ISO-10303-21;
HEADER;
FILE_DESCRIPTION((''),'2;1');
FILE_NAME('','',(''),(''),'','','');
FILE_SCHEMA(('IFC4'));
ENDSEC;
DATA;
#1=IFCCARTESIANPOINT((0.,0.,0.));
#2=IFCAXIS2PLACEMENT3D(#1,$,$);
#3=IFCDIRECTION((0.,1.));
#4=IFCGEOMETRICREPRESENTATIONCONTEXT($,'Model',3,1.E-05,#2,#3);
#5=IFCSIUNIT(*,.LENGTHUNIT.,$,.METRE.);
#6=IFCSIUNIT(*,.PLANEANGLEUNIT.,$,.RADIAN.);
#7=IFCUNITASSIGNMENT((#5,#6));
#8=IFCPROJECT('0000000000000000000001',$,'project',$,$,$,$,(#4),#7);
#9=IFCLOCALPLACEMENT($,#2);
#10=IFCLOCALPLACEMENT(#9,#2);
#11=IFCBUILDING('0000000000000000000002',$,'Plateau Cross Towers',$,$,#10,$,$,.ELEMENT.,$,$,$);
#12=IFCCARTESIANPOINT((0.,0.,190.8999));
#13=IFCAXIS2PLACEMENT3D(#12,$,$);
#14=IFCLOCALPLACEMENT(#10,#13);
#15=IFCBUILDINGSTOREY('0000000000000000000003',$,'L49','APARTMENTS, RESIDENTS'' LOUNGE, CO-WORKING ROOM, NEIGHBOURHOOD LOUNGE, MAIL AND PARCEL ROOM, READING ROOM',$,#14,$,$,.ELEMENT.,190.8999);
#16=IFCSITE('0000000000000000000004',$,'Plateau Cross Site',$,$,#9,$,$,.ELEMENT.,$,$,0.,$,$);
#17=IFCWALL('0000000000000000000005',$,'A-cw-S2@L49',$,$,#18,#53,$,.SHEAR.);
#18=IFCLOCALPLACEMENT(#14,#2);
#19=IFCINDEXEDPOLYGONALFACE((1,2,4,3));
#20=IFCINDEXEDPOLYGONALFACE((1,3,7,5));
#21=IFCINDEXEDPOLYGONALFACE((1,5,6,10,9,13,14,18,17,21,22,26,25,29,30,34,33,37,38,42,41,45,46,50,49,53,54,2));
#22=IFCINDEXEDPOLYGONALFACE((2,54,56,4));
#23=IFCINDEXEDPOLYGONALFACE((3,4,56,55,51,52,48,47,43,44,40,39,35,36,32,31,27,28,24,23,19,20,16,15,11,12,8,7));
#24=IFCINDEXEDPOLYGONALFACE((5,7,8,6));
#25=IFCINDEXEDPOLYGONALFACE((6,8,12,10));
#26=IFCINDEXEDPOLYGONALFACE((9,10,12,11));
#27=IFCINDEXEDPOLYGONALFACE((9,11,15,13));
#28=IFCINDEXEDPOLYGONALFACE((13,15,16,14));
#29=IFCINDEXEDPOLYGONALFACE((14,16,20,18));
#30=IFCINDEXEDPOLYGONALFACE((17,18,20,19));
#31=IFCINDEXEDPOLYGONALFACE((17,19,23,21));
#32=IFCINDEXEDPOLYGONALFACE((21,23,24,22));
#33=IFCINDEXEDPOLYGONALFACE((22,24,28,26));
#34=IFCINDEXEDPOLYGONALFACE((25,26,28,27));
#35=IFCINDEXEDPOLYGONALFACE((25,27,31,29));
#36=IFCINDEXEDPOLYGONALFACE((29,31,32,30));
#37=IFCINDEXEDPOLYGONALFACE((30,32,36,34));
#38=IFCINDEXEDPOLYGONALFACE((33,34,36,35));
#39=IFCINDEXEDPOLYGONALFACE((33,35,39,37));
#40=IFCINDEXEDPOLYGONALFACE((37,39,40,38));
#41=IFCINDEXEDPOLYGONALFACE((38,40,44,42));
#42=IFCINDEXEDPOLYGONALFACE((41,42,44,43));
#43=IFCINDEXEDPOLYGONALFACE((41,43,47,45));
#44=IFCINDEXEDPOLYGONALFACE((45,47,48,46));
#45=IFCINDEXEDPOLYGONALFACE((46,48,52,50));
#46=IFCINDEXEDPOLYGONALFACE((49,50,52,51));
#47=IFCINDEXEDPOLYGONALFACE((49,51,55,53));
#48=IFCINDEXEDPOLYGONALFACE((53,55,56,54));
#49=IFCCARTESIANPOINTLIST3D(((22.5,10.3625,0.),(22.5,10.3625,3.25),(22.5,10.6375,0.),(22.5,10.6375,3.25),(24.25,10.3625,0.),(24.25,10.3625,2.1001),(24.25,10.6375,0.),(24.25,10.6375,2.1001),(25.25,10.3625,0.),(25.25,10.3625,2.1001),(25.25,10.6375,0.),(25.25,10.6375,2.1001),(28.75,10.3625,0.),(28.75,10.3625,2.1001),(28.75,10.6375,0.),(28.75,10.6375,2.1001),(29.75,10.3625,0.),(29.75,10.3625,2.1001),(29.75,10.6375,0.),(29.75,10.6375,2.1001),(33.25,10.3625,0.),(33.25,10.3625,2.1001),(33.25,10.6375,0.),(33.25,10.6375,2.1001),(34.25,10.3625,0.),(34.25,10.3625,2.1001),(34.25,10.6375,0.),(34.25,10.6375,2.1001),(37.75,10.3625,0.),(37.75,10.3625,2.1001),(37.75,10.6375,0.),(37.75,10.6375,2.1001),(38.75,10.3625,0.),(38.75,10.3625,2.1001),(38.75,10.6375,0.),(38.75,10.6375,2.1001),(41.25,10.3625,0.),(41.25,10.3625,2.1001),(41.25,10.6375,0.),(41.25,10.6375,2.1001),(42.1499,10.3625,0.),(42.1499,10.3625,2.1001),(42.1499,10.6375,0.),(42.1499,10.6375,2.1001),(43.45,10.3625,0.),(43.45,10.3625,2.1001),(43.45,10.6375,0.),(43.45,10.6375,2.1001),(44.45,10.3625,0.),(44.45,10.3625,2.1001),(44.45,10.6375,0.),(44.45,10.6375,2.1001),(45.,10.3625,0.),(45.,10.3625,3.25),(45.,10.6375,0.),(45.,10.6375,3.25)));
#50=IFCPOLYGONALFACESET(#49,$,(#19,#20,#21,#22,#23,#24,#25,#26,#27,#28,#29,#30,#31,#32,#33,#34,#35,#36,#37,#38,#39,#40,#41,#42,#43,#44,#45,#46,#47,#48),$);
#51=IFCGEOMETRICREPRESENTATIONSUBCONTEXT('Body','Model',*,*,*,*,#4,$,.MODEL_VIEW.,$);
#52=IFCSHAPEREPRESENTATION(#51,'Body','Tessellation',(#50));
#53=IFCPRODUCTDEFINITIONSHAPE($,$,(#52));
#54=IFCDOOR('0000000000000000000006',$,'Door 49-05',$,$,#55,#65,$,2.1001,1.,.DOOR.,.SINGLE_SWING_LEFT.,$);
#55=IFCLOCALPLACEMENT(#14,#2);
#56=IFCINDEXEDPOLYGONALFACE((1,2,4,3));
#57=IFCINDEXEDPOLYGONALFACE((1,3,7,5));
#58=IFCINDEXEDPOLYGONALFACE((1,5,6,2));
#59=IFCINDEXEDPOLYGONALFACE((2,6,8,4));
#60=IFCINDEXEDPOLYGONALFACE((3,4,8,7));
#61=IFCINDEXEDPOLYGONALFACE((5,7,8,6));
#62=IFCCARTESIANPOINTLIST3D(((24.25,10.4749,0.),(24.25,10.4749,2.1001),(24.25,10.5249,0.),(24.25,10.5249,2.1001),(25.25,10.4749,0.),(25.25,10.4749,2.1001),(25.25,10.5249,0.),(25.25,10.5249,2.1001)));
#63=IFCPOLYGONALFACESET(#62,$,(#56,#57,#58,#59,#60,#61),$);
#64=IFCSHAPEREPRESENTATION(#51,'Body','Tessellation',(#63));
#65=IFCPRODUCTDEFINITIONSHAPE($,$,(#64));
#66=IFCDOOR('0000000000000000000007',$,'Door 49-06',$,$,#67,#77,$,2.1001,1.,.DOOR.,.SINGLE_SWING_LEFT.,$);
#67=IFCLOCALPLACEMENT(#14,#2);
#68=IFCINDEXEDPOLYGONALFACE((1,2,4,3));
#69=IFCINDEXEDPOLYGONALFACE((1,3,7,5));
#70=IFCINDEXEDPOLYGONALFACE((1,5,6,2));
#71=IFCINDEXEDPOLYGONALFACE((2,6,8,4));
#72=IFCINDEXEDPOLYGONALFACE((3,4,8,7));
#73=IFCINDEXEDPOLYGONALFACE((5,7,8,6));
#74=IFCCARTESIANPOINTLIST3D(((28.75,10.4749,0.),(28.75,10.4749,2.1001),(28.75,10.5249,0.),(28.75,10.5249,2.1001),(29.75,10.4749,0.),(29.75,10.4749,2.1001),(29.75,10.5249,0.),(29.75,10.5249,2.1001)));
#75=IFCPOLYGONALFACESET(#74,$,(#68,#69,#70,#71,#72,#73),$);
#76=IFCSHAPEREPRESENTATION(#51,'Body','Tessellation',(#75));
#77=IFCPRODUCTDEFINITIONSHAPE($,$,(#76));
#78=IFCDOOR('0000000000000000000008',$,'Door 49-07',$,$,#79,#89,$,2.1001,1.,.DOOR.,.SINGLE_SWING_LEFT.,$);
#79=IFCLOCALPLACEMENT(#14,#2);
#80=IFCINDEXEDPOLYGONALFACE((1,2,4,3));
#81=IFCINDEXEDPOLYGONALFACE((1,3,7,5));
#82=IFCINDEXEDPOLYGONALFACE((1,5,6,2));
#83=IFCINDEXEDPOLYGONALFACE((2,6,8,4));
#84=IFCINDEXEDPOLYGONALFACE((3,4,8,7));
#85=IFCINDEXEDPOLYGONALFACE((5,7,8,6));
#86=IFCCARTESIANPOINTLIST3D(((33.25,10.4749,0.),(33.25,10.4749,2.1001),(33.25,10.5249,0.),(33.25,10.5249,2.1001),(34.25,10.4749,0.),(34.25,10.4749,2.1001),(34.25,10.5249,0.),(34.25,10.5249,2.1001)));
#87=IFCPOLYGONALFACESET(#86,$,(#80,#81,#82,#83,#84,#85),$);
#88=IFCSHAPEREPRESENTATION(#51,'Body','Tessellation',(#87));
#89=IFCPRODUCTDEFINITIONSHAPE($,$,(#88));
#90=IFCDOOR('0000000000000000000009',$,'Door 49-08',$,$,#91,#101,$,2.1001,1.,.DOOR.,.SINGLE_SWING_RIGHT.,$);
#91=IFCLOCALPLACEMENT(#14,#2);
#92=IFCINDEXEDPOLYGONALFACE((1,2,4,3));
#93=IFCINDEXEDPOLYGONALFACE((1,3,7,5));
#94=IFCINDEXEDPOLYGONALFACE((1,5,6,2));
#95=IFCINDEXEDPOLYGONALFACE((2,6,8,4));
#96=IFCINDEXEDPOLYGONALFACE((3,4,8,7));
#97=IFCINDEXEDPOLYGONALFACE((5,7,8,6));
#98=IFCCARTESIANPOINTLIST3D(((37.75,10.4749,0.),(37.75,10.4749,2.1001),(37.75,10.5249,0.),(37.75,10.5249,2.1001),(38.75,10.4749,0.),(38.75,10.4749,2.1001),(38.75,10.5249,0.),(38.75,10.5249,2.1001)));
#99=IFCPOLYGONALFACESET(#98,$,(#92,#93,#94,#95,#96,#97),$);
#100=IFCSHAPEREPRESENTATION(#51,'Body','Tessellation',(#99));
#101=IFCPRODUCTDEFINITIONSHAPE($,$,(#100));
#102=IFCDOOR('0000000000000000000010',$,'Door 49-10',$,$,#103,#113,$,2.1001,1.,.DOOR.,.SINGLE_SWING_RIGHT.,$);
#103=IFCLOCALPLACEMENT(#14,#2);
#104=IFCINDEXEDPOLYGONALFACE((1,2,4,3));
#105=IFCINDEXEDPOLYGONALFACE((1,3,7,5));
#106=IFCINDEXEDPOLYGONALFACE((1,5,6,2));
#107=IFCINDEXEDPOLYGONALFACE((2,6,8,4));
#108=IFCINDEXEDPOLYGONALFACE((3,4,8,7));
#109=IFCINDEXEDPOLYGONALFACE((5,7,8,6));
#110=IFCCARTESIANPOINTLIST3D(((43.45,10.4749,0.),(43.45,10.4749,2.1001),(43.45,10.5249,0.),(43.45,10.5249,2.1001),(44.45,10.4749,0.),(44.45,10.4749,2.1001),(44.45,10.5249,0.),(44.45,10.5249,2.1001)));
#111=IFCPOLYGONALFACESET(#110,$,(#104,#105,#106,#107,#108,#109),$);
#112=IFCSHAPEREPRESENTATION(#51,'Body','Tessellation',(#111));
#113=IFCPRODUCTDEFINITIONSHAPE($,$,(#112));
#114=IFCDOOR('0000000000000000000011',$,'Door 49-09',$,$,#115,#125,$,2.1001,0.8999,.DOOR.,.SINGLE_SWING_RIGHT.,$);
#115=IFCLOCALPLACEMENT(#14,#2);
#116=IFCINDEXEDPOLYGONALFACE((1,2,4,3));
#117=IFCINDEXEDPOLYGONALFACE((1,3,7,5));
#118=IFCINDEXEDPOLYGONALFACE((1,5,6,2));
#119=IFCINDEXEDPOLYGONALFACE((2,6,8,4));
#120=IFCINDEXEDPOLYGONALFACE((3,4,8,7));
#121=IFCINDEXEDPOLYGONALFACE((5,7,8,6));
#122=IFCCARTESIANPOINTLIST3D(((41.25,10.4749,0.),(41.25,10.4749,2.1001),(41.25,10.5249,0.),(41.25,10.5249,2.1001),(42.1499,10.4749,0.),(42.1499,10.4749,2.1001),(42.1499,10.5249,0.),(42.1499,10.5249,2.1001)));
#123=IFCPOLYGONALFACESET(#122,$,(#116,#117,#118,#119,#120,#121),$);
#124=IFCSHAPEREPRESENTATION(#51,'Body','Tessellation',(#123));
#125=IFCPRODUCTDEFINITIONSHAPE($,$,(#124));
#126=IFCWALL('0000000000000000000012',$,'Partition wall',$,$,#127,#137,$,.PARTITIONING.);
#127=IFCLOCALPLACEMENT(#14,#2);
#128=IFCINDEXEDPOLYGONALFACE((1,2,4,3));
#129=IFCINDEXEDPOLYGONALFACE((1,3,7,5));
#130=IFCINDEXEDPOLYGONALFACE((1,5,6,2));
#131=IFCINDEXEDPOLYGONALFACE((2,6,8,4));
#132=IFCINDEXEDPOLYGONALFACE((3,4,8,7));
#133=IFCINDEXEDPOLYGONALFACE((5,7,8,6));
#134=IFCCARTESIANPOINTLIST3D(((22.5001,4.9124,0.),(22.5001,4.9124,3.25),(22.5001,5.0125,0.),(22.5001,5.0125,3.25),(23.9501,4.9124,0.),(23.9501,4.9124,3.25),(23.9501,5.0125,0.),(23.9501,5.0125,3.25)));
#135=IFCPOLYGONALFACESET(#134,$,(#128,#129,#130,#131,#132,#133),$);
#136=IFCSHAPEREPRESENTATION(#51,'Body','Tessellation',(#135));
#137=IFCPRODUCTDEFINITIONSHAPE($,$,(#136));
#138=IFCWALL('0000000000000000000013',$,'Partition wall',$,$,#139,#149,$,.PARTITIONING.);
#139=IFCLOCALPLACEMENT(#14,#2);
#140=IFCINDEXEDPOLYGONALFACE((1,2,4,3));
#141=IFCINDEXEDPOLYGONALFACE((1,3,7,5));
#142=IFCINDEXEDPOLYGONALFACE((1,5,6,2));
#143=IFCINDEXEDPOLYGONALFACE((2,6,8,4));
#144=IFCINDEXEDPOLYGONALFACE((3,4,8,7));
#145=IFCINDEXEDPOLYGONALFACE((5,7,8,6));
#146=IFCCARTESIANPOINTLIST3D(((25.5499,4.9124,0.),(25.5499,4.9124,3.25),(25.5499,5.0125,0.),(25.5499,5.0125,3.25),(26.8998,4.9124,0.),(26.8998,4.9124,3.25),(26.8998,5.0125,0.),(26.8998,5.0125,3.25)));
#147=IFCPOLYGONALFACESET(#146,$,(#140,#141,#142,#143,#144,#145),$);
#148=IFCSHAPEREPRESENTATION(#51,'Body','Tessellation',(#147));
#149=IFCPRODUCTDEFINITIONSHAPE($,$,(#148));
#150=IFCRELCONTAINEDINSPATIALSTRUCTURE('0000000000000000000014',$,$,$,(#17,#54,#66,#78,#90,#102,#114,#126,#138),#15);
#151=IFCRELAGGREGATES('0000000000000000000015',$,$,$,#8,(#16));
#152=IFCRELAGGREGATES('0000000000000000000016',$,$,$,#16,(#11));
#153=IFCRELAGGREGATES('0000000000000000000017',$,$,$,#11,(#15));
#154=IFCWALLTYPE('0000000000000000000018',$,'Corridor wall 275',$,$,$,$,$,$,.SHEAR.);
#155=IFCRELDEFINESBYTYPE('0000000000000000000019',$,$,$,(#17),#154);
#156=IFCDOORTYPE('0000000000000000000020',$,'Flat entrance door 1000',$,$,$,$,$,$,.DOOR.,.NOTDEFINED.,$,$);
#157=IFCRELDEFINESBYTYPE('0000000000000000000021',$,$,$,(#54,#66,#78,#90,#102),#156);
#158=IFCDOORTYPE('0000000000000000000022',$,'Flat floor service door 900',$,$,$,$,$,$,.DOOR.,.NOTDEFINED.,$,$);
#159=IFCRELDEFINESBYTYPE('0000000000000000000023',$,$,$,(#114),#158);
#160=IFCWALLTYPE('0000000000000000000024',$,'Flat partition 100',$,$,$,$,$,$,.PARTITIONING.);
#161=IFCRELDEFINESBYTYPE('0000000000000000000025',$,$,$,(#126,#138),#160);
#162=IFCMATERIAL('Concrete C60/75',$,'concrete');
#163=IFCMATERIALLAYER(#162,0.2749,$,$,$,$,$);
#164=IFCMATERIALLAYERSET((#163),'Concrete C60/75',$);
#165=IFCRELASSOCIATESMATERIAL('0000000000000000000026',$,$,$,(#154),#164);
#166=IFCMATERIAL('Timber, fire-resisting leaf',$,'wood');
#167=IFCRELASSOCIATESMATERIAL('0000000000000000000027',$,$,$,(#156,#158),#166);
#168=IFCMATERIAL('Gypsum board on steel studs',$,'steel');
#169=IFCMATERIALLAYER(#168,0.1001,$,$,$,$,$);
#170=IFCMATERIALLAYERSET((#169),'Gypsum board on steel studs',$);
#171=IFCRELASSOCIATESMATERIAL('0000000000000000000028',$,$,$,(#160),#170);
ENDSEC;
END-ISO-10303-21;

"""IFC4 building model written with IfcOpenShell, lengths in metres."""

from ifc_helpers import new_model, si_unit, direction, frame, frame_2d, origin, place, context, subcontext, project, spatial, rectangle, extrude, material, layer, layer_set, type_object, element, fill, save


model = new_model("IFC4")

# Units and contexts
model_context = context("Model", 3, precision=1e-05, world=origin(), true_north=direction((0.0, 1.0)))
body_context = subcontext(model_context, "Body", "Model", "MODEL_VIEW")
ifc_project = project(units=[si_unit("LENGTHUNIT", "METRE"), si_unit("PLANEANGLEUNIT", "RADIAN")], contexts=[model_context])

# Site, building, storey
site_placement = place(None, origin())
site = spatial("IfcSite", under=ifc_project, at=site_placement, Name="Plateau Cross Site", CompositionType="ELEMENT", RefElevation=0.0)
building_placement = place(site_placement, origin())
building = spatial("IfcBuilding", under=site, at=building_placement, Name="Plateau Cross Towers", CompositionType="ELEMENT")
storey_placement = place(building_placement, frame((0.0, 0.0, 190.8999)))
storey = spatial("IfcBuildingStorey", under=building, at=storey_placement, Name="L49", Description="APARTMENTS, RESIDENTS' LOUNGE, CO-WORKING ROOM, NEIGHBOURHOOD LOUNGE, MAIL AND PARCEL ROOM, READING ROOM", CompositionType="ELEMENT", Elevation=190.8999)

# Shared definitions
ifc_material_1 = material(Name="Concrete C60/75", Category="concrete")

# Wall, openings, doors
ifc_layer_1 = layer(ifc_material_1, 0.2749)
ifc_layer_set_1 = layer_set([ifc_layer_1], Name="Concrete C60/75")
wall_type_1 = type_object("IfcWallType", Name="Corridor wall 275", PredefinedType="SHEAR", material=ifc_layer_set_1)
ifc_material_2 = material(Name="Timber, fire-resisting leaf", Category="wood")
door_type_1 = type_object("IfcDoorType", Name="Flat entrance door 1000", OperationType="NOTDEFINED", PredefinedType="DOOR", material=ifc_material_2)
wall_1_placement = place(storey_placement, frame((22.5, 10.5, 0.0), z_axis=(0.0, 0.0, 1.0), x_axis=(1.0, 0.0, 0.0)))
wall_1 = element("IfcWall", 1, at=wall_1_placement, inside=storey, type_object=wall_type_1, Name="A-cw-S2@L49", PredefinedType="SHEAR", context=body_context, shape_type="SweptSolid", body=[
    extrude(rectangle(XDim=22.5, YDim=0.2749, at=frame_2d((11.25, 0.0))), origin(), (0.0, 0.0, 1.0), 3.25),
])
opening_1_placement = place(wall_1_placement, frame((1.75, 0.0, 0.0)))
opening_1 = element("IfcOpeningElement", 2, at=opening_1_placement, cuts=wall_1, PredefinedType="OPENING", context=body_context, shape_type="SweptSolid", body=[
    extrude(rectangle(XDim=1.0, YDim=2.1001, at=frame_2d((0.5, 1.05))), frame((0.0, 0.1475, 0.0), z_axis=(0.0, -1.0, 0.0), x_axis=(1.0, 0.0, 0.0)), (0.0, 0.0, 1.0), 0.2949),
])
opening_2_placement = place(wall_1_placement, frame((6.25, 0.0, 0.0)))
opening_2 = element("IfcOpeningElement", 3, at=opening_2_placement, cuts=wall_1, PredefinedType="OPENING", context=body_context, shape_type="SweptSolid", body=[
    extrude(rectangle(XDim=1.0, YDim=2.1001, at=frame_2d((0.5, 1.05))), frame((0.0, 0.1475, 0.0), z_axis=(0.0, -1.0, 0.0), x_axis=(1.0, 0.0, 0.0)), (0.0, 0.0, 1.0), 0.2949),
])
opening_3_placement = place(wall_1_placement, frame((10.75, 0.0, 0.0)))
opening_3 = element("IfcOpeningElement", 4, at=opening_3_placement, cuts=wall_1, PredefinedType="OPENING", context=body_context, shape_type="SweptSolid", body=[
    extrude(rectangle(XDim=1.0, YDim=2.1001, at=frame_2d((0.5, 1.05))), frame((0.0, 0.1475, 0.0), z_axis=(0.0, -1.0, 0.0), x_axis=(1.0, 0.0, 0.0)), (0.0, 0.0, 1.0), 0.2949),
])
opening_4_placement = place(wall_1_placement, frame((15.25, 0.0, 0.0)))
opening_4 = element("IfcOpeningElement", 5, at=opening_4_placement, cuts=wall_1, PredefinedType="OPENING", context=body_context, shape_type="SweptSolid", body=[
    extrude(rectangle(XDim=1.0, YDim=2.1001, at=frame_2d((0.5, 1.05))), frame((0.0, 0.1475, 0.0), z_axis=(0.0, -1.0, 0.0), x_axis=(1.0, 0.0, 0.0)), (0.0, 0.0, 1.0), 0.2949),
])
opening_5_placement = place(wall_1_placement, frame((18.75, 0.0, 0.0)))
opening_5 = element("IfcOpeningElement", 6, at=opening_5_placement, cuts=wall_1, PredefinedType="OPENING", context=body_context, shape_type="SweptSolid", body=[
    extrude(rectangle(XDim=0.8999, YDim=2.1001, at=frame_2d((0.45, 1.05))), frame((0.0, 0.1475, 0.0), z_axis=(0.0, -1.0, 0.0), x_axis=(1.0, 0.0, 0.0)), (0.0, 0.0, 1.0), 0.2949),
])
opening_6_placement = place(wall_1_placement, frame((20.95, 0.0, 0.0)))
opening_6 = element("IfcOpeningElement", 7, at=opening_6_placement, cuts=wall_1, PredefinedType="OPENING", context=body_context, shape_type="SweptSolid", body=[
    extrude(rectangle(XDim=1.0, YDim=2.1001, at=frame_2d((0.5, 1.05))), frame((0.0, 0.1475, 0.0), z_axis=(0.0, -1.0, 0.0), x_axis=(1.0, 0.0, 0.0)), (0.0, 0.0, 1.0), 0.2949),
])
door_1_placement = place(opening_1_placement, origin())
door_1 = element("IfcDoor", 8, at=door_1_placement, inside=storey, type_object=door_type_1, Name="Door 49-05", OperationType="SINGLE_SWING_LEFT", OverallHeight=2.1001, OverallWidth=1.0, PredefinedType="DOOR", context=body_context, shape_type="SweptSolid", body=[
    extrude(rectangle(XDim=1.0, YDim=2.1001, at=frame_2d((0.5, 1.05))), frame((0.0, 0.0249, 0.0), z_axis=(0.0, -1.0, 0.0), x_axis=(1.0, 0.0, 0.0)), (0.0, 0.0, 1.0), 0.05),
])
fill(opening_1, door_1)
door_2_placement = place(opening_2_placement, origin())
door_2 = element("IfcDoor", 9, at=door_2_placement, inside=storey, type_object=door_type_1, Name="Door 49-06", OperationType="SINGLE_SWING_LEFT", OverallHeight=2.1001, OverallWidth=1.0, PredefinedType="DOOR", context=body_context, shape_type="SweptSolid", body=[
    extrude(rectangle(XDim=1.0, YDim=2.1001, at=frame_2d((0.5, 1.05))), frame((0.0, 0.0249, 0.0), z_axis=(0.0, -1.0, 0.0), x_axis=(1.0, 0.0, 0.0)), (0.0, 0.0, 1.0), 0.05),
])
fill(opening_2, door_2)
door_3_placement = place(opening_3_placement, origin())
door_3 = element("IfcDoor", 10, at=door_3_placement, inside=storey, type_object=door_type_1, Name="Door 49-07", OperationType="SINGLE_SWING_LEFT", OverallHeight=2.1001, OverallWidth=1.0, PredefinedType="DOOR", context=body_context, shape_type="SweptSolid", body=[
    extrude(rectangle(XDim=1.0, YDim=2.1001, at=frame_2d((0.5, 1.05))), frame((0.0, 0.0249, 0.0), z_axis=(0.0, -1.0, 0.0), x_axis=(1.0, 0.0, 0.0)), (0.0, 0.0, 1.0), 0.05),
])
fill(opening_3, door_3)
door_4_placement = place(opening_4_placement, origin())
door_4 = element("IfcDoor", 11, at=door_4_placement, inside=storey, type_object=door_type_1, Name="Door 49-08", OperationType="SINGLE_SWING_RIGHT", OverallHeight=2.1001, OverallWidth=1.0, PredefinedType="DOOR", context=body_context, shape_type="SweptSolid", body=[
    extrude(rectangle(XDim=1.0, YDim=2.1001, at=frame_2d((0.5, 1.05))), frame((0.0, 0.0249, 0.0), z_axis=(0.0, -1.0, 0.0), x_axis=(1.0, 0.0, 0.0)), (0.0, 0.0, 1.0), 0.05),
])
fill(opening_4, door_4)
door_5_placement = place(opening_6_placement, origin())
door_5 = element("IfcDoor", 12, at=door_5_placement, inside=storey, type_object=door_type_1, Name="Door 49-10", OperationType="SINGLE_SWING_RIGHT", OverallHeight=2.1001, OverallWidth=1.0, PredefinedType="DOOR", context=body_context, shape_type="SweptSolid", body=[
    extrude(rectangle(XDim=1.0, YDim=2.1001, at=frame_2d((0.5, 1.05))), frame((0.0, 0.0249, 0.0), z_axis=(0.0, -1.0, 0.0), x_axis=(1.0, 0.0, 0.0)), (0.0, 0.0, 1.0), 0.05),
])
fill(opening_6, door_5)
door_type_2 = type_object("IfcDoorType", Name="Flat floor service door 900", OperationType="NOTDEFINED", PredefinedType="DOOR", material=ifc_material_2)
door_6_placement = place(opening_5_placement, origin())
door_6 = element("IfcDoor", 13, at=door_6_placement, inside=storey, type_object=door_type_2, Name="Door 49-09", OperationType="SINGLE_SWING_RIGHT", OverallHeight=2.1001, OverallWidth=0.8999, PredefinedType="DOOR", context=body_context, shape_type="SweptSolid", body=[
    extrude(rectangle(XDim=0.8999, YDim=2.1001, at=frame_2d((0.45, 1.05))), frame((0.0, 0.0249, 0.0), z_axis=(0.0, -1.0, 0.0), x_axis=(1.0, 0.0, 0.0)), (0.0, 0.0, 1.0), 0.05),
])
fill(opening_5, door_6)

# Walls
ifc_material_3 = material(Name="Gypsum board on steel studs", Category="steel")
ifc_layer_2 = layer(ifc_material_3, 0.1001)
ifc_layer_set_2 = layer_set([ifc_layer_2], Name="Gypsum board on steel studs")
wall_type_2 = type_object("IfcWallType", Name="Flat partition 100", PredefinedType="PARTITIONING", material=ifc_layer_set_2)
wall_2_placement = place(storey_placement, frame((22.5, 4.9624, 0.0), z_axis=(0.0, 0.0, 1.0), x_axis=(1.0, 0.0, 0.0)))
element("IfcWall", 14, at=wall_2_placement, inside=storey, type_object=wall_type_2, Name="Partition wall", PredefinedType="PARTITIONING", context=body_context, shape_type="SweptSolid", body=[
    extrude(rectangle(XDim=1.45, YDim=0.1001, at=frame_2d((0.7251, 0.0))), origin(), (0.0, 0.0, 1.0), 3.25),
])
wall_3_placement = place(storey_placement, frame((25.55, 4.9624, 0.0), z_axis=(0.0, 0.0, 1.0), x_axis=(1.0, 0.0, 0.0)))
element("IfcWall", 15, at=wall_3_placement, inside=storey, type_object=wall_type_2, Name="Partition wall", PredefinedType="PARTITIONING", context=body_context, shape_type="SweptSolid", body=[
    extrude(rectangle(XDim=1.3499, YDim=0.1001, at=frame_2d((0.6748, 0.0))), origin(), (0.0, 0.0, 1.0), 3.25),
])

save(model, "model.ifc")
